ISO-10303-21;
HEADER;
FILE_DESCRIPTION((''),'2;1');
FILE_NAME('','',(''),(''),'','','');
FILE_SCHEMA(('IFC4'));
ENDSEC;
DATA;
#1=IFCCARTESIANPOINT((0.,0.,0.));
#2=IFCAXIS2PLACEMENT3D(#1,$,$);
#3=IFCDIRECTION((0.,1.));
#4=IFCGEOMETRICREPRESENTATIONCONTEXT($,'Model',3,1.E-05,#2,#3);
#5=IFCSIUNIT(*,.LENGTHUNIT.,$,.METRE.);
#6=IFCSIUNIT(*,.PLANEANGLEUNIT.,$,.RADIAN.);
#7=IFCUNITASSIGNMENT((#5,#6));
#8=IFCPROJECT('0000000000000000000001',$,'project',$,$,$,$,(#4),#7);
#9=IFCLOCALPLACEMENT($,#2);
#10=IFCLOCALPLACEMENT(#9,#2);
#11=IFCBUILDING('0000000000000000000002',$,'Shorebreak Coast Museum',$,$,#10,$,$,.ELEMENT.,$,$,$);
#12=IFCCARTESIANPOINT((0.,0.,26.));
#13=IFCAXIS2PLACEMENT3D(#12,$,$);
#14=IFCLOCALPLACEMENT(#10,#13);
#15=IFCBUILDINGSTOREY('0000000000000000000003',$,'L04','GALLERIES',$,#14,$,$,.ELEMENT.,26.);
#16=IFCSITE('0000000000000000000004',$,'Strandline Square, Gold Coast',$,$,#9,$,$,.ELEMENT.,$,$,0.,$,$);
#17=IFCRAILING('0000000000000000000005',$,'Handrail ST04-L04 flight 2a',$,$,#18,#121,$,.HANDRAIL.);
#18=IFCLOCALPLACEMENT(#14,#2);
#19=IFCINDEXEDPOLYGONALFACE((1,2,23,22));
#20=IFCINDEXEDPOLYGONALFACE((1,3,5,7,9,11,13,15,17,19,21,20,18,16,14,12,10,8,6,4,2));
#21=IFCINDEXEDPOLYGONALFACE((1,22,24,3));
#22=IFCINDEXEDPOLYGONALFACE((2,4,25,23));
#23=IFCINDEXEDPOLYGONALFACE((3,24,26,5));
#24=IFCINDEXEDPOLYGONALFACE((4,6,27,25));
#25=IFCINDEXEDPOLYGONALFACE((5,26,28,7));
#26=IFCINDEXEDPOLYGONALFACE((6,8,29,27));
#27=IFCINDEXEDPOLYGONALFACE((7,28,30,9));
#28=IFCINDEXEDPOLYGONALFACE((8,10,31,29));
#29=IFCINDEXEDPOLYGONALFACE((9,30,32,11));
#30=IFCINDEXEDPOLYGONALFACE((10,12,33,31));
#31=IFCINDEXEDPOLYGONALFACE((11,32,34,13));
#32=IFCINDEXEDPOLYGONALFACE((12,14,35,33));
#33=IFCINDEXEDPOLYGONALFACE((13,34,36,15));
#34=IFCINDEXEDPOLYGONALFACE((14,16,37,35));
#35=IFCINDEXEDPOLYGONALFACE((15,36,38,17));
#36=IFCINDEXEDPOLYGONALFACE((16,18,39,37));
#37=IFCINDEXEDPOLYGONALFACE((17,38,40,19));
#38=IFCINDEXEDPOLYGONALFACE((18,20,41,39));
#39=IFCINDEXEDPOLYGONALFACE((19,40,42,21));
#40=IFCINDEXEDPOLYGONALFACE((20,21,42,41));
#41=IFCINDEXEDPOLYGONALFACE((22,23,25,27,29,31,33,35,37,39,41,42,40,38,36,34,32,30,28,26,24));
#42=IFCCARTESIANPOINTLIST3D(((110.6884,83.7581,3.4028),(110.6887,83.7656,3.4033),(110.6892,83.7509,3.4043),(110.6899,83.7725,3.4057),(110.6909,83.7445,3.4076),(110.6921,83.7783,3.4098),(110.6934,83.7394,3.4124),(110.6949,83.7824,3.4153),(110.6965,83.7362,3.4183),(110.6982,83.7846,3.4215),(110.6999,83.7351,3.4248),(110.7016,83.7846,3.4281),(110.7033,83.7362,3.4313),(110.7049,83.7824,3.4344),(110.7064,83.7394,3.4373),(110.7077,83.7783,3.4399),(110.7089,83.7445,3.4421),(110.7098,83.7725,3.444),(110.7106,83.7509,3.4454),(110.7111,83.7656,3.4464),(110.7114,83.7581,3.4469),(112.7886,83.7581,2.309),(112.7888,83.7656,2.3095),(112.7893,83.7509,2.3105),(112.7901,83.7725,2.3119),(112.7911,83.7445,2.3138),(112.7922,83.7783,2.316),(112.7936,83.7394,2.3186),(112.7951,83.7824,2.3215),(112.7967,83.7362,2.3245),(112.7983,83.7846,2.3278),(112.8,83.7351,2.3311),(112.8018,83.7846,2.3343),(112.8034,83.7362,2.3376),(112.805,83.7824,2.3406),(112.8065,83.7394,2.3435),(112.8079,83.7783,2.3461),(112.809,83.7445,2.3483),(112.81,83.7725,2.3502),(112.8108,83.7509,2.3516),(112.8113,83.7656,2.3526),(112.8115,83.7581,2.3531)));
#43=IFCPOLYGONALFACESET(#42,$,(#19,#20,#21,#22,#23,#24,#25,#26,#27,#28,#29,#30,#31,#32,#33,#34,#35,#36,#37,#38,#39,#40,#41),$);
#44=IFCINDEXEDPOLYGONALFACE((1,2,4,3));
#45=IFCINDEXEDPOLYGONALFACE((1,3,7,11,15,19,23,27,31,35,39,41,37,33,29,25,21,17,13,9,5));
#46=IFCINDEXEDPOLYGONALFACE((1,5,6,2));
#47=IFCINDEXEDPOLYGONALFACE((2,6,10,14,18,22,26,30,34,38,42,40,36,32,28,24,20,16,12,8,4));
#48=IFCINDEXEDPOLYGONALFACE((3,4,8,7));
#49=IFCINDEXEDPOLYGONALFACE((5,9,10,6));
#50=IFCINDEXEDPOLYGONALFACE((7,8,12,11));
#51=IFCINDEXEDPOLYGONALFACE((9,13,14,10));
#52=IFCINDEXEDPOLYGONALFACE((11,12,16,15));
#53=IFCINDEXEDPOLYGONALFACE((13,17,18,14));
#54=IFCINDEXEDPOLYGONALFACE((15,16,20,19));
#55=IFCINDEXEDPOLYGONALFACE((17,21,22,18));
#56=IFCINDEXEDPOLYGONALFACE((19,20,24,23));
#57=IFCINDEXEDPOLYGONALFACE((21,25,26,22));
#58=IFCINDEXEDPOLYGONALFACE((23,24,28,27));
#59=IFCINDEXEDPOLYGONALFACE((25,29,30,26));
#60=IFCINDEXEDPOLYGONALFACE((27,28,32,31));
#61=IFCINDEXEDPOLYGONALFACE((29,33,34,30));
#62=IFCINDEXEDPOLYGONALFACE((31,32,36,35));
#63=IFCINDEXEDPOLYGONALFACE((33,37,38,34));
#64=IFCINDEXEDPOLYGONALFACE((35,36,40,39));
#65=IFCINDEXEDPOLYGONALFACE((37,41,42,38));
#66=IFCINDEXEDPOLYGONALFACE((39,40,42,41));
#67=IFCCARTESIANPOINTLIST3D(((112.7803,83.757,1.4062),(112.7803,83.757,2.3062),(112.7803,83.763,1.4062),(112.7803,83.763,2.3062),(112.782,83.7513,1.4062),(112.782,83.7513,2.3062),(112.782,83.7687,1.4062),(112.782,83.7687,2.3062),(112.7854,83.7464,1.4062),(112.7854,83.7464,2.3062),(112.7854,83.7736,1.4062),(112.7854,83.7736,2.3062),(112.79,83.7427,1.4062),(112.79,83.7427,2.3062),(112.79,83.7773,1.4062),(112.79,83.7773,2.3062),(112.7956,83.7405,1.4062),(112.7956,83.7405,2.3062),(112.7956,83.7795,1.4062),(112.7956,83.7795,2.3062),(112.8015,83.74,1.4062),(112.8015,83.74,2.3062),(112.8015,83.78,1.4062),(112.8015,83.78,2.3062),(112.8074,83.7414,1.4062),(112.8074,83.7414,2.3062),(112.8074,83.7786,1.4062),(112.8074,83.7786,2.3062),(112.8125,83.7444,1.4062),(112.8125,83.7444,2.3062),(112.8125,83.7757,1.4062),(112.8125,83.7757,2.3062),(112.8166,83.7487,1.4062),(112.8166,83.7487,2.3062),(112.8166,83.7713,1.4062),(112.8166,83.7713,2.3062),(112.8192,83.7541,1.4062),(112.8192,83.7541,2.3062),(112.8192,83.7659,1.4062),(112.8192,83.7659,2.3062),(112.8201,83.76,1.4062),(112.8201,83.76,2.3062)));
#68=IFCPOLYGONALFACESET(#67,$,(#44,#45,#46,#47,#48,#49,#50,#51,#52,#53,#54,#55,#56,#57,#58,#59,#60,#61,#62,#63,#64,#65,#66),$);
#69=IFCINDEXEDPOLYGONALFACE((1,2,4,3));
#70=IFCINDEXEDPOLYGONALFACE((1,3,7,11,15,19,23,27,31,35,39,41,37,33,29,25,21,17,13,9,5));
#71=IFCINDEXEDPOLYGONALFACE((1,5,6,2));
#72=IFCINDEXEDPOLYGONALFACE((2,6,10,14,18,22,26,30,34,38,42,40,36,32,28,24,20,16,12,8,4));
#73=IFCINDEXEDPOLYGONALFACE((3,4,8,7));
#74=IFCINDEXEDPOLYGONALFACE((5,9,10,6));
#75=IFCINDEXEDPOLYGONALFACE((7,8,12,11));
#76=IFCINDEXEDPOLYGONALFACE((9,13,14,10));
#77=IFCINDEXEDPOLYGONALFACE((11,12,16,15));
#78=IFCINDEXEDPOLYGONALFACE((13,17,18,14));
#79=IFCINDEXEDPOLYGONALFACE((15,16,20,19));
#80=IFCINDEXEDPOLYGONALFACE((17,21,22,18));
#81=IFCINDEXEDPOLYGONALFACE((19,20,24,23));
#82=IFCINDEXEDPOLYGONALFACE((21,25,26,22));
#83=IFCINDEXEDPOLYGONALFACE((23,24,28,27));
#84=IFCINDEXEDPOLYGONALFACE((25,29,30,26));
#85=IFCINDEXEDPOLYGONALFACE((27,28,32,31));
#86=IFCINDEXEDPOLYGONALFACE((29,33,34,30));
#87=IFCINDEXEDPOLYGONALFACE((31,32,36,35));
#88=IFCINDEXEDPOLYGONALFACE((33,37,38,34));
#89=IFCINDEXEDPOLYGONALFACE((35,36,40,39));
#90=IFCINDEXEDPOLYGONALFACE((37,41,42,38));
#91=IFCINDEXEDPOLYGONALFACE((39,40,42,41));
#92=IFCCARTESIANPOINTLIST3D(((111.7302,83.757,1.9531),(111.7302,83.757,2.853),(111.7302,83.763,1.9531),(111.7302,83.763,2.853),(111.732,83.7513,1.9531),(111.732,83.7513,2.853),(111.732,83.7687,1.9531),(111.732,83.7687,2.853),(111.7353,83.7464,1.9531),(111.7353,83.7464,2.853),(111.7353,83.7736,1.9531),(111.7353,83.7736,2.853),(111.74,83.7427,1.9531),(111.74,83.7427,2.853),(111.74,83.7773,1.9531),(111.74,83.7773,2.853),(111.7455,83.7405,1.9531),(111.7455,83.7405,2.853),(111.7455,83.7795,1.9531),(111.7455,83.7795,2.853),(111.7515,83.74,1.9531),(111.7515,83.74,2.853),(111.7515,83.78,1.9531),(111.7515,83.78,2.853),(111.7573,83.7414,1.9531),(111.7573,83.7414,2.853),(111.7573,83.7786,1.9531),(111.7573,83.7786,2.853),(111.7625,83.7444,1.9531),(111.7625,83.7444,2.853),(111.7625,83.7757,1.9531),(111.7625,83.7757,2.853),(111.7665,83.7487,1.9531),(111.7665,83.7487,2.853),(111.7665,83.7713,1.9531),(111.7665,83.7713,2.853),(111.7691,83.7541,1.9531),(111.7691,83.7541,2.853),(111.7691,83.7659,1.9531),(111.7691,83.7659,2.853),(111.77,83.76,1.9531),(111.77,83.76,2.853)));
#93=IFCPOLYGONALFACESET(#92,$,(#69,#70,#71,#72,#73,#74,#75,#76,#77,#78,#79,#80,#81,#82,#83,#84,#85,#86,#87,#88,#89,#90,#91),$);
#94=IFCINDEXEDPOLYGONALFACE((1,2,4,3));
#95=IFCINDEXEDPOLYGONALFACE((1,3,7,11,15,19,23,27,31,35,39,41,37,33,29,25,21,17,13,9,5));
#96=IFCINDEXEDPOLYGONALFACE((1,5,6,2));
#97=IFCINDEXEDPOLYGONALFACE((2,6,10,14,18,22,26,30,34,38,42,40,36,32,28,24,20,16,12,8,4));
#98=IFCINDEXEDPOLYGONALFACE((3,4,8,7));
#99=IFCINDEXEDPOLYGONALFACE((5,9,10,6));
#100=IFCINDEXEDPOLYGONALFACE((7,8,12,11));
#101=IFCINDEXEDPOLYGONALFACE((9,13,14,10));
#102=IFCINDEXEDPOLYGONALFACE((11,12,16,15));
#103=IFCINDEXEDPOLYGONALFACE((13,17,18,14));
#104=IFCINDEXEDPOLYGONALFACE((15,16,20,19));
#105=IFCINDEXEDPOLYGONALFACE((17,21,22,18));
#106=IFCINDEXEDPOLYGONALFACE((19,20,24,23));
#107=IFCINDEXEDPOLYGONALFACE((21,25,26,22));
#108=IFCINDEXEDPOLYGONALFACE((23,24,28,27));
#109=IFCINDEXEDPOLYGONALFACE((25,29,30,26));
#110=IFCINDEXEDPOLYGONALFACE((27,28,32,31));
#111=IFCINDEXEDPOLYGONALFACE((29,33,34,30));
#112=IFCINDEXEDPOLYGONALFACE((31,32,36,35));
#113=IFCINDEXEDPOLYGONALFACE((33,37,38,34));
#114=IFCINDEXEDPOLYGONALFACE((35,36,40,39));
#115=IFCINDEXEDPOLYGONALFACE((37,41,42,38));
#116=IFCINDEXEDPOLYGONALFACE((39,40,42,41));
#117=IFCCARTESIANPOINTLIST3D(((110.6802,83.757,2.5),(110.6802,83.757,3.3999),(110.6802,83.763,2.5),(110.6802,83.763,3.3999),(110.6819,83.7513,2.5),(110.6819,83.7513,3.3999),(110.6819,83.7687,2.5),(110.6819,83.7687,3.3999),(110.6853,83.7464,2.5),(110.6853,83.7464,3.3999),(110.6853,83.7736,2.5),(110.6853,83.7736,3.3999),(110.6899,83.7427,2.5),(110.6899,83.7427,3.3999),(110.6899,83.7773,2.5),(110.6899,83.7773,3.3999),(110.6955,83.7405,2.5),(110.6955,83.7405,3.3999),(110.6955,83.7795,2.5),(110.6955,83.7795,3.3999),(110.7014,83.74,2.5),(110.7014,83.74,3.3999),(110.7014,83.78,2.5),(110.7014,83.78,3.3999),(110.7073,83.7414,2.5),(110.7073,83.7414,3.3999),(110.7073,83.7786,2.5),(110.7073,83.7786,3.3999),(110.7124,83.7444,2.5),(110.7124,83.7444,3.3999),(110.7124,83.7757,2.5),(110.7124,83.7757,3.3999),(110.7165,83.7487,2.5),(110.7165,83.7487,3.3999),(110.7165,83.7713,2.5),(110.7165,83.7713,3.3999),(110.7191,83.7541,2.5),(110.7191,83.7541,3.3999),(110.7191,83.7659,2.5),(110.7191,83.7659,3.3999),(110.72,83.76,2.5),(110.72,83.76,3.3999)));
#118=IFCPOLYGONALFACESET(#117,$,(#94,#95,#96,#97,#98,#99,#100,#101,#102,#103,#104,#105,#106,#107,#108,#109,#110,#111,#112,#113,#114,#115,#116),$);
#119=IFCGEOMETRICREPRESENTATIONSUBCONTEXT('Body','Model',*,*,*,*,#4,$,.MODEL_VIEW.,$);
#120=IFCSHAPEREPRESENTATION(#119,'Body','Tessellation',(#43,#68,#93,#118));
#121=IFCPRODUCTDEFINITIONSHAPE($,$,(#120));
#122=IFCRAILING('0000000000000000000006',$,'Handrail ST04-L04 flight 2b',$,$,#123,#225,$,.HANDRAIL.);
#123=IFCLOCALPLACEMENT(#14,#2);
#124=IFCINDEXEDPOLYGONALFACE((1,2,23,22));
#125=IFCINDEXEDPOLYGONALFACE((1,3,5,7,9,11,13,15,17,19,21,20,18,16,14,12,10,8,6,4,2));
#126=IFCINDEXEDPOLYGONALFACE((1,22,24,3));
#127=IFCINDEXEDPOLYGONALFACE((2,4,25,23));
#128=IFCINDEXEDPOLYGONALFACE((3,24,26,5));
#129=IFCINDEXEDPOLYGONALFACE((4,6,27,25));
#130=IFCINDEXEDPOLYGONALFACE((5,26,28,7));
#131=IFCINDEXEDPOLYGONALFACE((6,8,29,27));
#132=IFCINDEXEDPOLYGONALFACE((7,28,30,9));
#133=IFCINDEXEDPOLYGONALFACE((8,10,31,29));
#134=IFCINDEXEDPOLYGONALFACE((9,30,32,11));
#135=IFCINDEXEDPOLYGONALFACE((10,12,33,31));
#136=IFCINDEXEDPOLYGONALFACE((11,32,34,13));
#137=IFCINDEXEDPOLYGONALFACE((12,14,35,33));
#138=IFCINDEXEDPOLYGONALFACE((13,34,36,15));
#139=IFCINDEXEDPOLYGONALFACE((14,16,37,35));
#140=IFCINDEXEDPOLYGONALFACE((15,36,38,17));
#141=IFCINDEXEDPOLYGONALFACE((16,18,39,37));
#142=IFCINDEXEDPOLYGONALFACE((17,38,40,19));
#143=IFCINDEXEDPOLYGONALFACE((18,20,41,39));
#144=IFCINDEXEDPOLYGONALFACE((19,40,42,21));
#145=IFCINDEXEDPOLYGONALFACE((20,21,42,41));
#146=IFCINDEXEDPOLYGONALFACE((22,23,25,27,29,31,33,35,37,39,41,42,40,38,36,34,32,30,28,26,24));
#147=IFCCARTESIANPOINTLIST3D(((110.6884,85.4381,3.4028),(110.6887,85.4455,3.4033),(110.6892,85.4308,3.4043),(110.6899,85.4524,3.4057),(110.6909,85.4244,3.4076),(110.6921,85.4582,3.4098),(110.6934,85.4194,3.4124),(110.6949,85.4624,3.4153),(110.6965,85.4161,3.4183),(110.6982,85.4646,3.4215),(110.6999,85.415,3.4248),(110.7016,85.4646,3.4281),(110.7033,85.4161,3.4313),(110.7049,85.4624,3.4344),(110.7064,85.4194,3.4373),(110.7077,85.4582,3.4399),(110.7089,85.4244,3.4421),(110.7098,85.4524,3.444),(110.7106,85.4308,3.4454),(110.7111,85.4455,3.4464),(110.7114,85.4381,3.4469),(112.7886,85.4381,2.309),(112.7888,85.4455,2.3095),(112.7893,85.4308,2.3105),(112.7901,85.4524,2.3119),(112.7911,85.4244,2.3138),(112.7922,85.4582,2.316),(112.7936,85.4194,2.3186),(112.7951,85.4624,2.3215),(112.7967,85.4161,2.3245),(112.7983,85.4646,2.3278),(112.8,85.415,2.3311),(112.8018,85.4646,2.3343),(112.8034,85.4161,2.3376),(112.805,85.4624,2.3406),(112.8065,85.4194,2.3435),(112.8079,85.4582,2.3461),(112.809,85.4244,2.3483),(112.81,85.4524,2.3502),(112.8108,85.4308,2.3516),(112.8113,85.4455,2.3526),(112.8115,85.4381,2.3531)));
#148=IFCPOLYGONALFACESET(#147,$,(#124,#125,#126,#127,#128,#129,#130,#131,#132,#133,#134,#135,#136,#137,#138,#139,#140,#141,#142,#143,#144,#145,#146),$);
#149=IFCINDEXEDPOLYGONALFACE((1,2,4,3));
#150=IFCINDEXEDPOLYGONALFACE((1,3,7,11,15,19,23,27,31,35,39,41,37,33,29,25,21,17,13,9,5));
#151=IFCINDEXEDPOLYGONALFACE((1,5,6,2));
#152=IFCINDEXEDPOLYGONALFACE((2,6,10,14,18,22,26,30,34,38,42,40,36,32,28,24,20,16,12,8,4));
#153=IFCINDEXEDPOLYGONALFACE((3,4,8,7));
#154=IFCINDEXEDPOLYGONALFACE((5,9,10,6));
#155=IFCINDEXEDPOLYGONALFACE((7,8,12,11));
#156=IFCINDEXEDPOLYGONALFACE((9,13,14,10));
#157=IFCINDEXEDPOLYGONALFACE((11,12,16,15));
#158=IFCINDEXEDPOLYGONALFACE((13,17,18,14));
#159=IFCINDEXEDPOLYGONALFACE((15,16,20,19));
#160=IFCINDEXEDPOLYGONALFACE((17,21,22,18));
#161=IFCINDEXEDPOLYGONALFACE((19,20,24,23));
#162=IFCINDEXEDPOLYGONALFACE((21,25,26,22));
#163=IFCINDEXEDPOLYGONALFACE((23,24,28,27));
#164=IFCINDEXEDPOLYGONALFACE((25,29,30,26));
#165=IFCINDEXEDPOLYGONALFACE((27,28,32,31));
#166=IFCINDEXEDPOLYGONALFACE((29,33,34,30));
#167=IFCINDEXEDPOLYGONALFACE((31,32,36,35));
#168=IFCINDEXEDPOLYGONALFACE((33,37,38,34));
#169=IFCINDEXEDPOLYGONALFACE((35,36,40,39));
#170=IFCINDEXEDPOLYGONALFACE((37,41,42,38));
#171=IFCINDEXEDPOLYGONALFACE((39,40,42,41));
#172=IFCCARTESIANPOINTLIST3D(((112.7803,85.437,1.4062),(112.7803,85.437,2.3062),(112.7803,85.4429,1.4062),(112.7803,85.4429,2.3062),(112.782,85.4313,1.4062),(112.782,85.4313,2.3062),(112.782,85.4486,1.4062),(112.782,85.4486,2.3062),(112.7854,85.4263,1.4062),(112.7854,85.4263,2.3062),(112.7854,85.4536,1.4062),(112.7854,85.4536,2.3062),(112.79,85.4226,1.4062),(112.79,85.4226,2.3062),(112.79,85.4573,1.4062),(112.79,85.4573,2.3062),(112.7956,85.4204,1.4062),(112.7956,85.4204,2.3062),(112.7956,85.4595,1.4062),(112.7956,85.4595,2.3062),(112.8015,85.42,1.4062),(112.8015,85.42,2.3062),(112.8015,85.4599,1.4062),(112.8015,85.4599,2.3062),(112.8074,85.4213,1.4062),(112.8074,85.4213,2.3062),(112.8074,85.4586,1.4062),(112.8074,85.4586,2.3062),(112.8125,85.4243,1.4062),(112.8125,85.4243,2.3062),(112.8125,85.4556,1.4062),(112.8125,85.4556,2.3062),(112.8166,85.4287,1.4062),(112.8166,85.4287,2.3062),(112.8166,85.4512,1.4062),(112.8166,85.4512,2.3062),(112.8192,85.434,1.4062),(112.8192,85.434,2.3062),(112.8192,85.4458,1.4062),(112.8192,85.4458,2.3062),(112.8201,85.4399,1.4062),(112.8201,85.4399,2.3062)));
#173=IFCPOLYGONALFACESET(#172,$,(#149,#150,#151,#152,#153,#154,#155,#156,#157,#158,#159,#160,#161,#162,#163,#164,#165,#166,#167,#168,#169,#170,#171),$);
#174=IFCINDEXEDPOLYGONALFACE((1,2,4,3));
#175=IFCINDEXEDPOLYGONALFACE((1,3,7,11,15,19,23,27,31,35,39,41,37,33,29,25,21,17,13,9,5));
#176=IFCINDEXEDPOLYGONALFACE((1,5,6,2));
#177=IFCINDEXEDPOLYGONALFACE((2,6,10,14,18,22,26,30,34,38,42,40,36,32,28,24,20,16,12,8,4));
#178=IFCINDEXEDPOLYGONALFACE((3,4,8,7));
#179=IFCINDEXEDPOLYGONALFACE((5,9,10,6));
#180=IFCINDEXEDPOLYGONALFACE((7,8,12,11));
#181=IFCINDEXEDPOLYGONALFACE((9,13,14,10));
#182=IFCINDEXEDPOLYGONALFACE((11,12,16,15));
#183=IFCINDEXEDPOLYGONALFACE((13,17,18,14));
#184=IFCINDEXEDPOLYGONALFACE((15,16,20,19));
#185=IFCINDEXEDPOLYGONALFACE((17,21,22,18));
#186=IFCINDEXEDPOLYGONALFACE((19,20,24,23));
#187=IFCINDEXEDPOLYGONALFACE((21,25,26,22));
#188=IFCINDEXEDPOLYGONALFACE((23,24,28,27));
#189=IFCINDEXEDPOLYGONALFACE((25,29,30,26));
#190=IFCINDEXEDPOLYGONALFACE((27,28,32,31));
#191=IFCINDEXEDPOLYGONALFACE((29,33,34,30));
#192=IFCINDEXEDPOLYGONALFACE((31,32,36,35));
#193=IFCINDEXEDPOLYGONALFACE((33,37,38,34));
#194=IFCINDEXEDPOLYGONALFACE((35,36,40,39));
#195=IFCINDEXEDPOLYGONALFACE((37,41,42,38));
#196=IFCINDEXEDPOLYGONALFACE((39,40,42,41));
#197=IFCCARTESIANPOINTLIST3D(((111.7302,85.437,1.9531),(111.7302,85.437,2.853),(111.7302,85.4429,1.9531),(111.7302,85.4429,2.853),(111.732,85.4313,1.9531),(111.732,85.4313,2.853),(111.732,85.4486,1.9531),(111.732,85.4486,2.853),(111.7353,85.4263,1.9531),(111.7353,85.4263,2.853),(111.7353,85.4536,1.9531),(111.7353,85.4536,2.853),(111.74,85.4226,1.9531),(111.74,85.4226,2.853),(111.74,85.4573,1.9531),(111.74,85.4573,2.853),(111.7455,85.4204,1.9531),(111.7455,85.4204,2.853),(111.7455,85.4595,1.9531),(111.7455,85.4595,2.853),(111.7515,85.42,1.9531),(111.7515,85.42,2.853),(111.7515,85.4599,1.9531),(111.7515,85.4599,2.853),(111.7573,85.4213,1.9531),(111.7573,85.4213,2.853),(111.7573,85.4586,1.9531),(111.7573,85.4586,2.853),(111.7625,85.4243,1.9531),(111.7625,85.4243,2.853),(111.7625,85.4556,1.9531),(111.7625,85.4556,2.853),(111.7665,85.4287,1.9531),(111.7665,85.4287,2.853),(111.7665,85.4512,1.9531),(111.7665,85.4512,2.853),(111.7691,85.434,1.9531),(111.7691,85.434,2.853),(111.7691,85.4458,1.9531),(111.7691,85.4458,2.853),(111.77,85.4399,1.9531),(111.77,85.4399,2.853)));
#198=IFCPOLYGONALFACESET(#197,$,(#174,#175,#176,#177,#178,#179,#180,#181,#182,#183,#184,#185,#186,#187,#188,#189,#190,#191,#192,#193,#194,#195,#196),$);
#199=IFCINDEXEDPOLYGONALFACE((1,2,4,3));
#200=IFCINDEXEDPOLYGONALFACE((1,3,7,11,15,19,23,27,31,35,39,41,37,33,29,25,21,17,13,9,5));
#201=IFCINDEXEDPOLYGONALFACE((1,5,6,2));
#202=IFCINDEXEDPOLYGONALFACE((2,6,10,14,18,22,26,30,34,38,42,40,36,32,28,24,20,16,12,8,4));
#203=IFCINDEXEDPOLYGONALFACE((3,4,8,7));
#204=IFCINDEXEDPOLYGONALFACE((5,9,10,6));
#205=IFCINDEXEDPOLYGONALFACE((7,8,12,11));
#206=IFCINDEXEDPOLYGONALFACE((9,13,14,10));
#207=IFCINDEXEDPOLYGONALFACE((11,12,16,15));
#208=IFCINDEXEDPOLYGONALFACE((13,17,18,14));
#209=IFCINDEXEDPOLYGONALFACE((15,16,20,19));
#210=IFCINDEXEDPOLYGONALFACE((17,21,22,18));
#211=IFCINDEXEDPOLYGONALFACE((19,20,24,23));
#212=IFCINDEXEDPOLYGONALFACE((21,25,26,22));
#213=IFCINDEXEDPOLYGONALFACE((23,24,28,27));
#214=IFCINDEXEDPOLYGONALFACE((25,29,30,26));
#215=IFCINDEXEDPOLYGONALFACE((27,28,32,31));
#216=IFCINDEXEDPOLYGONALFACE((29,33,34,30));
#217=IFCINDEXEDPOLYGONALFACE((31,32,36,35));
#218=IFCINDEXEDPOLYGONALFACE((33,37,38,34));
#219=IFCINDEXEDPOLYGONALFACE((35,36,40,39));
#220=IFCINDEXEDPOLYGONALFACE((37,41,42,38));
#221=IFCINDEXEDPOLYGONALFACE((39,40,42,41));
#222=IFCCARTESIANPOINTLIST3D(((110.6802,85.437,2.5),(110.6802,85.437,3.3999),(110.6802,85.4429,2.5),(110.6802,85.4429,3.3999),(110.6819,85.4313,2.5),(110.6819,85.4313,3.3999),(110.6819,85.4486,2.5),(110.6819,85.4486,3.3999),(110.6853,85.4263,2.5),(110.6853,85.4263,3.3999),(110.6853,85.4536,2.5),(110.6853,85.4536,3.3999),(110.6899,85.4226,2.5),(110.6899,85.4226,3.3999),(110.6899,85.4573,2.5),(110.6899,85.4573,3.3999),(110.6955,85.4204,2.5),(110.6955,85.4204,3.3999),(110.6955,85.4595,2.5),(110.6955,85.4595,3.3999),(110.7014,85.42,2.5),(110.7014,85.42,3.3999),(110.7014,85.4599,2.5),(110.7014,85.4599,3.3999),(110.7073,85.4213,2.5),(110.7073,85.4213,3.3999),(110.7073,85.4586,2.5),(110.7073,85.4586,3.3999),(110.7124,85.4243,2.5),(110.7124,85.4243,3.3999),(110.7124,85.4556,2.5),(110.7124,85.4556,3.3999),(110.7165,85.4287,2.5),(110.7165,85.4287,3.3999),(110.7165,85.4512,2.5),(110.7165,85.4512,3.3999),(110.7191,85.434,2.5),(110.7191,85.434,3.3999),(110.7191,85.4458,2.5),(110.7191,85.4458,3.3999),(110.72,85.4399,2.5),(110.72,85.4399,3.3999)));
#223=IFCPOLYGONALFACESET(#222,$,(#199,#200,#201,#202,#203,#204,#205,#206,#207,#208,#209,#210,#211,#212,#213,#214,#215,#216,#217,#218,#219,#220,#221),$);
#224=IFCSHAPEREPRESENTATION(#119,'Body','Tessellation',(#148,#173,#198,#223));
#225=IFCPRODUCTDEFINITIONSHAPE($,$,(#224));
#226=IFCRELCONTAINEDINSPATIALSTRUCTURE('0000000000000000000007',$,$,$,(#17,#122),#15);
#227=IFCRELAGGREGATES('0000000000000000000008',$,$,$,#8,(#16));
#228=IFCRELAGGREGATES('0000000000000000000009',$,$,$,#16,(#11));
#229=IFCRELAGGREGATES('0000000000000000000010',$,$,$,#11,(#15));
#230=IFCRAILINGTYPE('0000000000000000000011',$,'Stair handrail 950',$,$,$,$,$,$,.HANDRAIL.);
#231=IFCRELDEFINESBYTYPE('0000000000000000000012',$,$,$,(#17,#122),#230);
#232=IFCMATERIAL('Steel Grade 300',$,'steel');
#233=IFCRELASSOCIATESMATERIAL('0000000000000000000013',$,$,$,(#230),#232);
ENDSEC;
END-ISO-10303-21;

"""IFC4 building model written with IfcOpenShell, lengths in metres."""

from ifc_helpers import new_model, si_unit, direction, frame, origin, origin_2d, place, context, subcontext, project, spatial, circle, extrude, material, type_object, element, save


model = new_model("IFC4")

# Units and contexts
model_context = context("Model", 3, precision=1e-05, world=origin(), true_north=direction((0.0, 1.0)))
body_context = subcontext(model_context, "Body", "Model", "MODEL_VIEW")
ifc_project = project(units=[si_unit("LENGTHUNIT", "METRE"), si_unit("PLANEANGLEUNIT", "RADIAN")], contexts=[model_context])

# Site, building, storey
site_placement = place(None, origin())
site = spatial("IfcSite", under=ifc_project, at=site_placement, Name="Strandline Square, Gold Coast", CompositionType="ELEMENT", RefElevation=0.0)
building_placement = place(site_placement, origin())
building = spatial("IfcBuilding", under=site, at=building_placement, Name="Shorebreak Coast Museum", CompositionType="ELEMENT")
storey_placement = place(building_placement, frame((0.0, 0.0, 26.0)))
storey = spatial("IfcBuildingStorey", under=building, at=storey_placement, Name="L04", Description="GALLERIES", CompositionType="ELEMENT", Elevation=26.0)

# Railings
ifc_material_1 = material(Name="Steel Grade 300", Category="steel")
railing_type_1 = type_object("IfcRailingType", Name="Stair handrail 950", PredefinedType="HANDRAIL", material=ifc_material_1)
for number, where, name in (
    (1, (112.8, 83.76, 1.4062), "Handrail ST04-L04 flight 2a"),
    (2, (112.8, 85.4399, 1.4062), "Handrail ST04-L04 flight 2b"),
):
    element("IfcRailing", number, at=place(storey_placement, frame(where)), inside=storey, type_object=railing_type_1, Name=name, PredefinedType="HANDRAIL", context=body_context, shape_type="SweptSolid", body=[
        extrude(circle(Radius=0.0249, at=origin_2d()), frame((0.0, 0.0, 0.9248), z_axis=(-0.886923, 0.0, 0.461918), x_axis=(0.0, -1.0, 0.0)), (0.0, 0.0, 1.0), 2.3679),
        extrude(circle(Radius=0.02, at=origin_2d()), origin(), (0.0, 0.0, 1.0), 0.8999),
        extrude(circle(Radius=0.02, at=origin_2d()), frame((-1.05, 0.0, 0.5469)), (0.0, 0.0, 1.0), 0.8999),
        extrude(circle(Radius=0.02, at=origin_2d()), frame((-2.1001, 0.0, 1.0938)), (0.0, 0.0, 1.0), 0.8999),
    ])

save(model, "model.ifc")
